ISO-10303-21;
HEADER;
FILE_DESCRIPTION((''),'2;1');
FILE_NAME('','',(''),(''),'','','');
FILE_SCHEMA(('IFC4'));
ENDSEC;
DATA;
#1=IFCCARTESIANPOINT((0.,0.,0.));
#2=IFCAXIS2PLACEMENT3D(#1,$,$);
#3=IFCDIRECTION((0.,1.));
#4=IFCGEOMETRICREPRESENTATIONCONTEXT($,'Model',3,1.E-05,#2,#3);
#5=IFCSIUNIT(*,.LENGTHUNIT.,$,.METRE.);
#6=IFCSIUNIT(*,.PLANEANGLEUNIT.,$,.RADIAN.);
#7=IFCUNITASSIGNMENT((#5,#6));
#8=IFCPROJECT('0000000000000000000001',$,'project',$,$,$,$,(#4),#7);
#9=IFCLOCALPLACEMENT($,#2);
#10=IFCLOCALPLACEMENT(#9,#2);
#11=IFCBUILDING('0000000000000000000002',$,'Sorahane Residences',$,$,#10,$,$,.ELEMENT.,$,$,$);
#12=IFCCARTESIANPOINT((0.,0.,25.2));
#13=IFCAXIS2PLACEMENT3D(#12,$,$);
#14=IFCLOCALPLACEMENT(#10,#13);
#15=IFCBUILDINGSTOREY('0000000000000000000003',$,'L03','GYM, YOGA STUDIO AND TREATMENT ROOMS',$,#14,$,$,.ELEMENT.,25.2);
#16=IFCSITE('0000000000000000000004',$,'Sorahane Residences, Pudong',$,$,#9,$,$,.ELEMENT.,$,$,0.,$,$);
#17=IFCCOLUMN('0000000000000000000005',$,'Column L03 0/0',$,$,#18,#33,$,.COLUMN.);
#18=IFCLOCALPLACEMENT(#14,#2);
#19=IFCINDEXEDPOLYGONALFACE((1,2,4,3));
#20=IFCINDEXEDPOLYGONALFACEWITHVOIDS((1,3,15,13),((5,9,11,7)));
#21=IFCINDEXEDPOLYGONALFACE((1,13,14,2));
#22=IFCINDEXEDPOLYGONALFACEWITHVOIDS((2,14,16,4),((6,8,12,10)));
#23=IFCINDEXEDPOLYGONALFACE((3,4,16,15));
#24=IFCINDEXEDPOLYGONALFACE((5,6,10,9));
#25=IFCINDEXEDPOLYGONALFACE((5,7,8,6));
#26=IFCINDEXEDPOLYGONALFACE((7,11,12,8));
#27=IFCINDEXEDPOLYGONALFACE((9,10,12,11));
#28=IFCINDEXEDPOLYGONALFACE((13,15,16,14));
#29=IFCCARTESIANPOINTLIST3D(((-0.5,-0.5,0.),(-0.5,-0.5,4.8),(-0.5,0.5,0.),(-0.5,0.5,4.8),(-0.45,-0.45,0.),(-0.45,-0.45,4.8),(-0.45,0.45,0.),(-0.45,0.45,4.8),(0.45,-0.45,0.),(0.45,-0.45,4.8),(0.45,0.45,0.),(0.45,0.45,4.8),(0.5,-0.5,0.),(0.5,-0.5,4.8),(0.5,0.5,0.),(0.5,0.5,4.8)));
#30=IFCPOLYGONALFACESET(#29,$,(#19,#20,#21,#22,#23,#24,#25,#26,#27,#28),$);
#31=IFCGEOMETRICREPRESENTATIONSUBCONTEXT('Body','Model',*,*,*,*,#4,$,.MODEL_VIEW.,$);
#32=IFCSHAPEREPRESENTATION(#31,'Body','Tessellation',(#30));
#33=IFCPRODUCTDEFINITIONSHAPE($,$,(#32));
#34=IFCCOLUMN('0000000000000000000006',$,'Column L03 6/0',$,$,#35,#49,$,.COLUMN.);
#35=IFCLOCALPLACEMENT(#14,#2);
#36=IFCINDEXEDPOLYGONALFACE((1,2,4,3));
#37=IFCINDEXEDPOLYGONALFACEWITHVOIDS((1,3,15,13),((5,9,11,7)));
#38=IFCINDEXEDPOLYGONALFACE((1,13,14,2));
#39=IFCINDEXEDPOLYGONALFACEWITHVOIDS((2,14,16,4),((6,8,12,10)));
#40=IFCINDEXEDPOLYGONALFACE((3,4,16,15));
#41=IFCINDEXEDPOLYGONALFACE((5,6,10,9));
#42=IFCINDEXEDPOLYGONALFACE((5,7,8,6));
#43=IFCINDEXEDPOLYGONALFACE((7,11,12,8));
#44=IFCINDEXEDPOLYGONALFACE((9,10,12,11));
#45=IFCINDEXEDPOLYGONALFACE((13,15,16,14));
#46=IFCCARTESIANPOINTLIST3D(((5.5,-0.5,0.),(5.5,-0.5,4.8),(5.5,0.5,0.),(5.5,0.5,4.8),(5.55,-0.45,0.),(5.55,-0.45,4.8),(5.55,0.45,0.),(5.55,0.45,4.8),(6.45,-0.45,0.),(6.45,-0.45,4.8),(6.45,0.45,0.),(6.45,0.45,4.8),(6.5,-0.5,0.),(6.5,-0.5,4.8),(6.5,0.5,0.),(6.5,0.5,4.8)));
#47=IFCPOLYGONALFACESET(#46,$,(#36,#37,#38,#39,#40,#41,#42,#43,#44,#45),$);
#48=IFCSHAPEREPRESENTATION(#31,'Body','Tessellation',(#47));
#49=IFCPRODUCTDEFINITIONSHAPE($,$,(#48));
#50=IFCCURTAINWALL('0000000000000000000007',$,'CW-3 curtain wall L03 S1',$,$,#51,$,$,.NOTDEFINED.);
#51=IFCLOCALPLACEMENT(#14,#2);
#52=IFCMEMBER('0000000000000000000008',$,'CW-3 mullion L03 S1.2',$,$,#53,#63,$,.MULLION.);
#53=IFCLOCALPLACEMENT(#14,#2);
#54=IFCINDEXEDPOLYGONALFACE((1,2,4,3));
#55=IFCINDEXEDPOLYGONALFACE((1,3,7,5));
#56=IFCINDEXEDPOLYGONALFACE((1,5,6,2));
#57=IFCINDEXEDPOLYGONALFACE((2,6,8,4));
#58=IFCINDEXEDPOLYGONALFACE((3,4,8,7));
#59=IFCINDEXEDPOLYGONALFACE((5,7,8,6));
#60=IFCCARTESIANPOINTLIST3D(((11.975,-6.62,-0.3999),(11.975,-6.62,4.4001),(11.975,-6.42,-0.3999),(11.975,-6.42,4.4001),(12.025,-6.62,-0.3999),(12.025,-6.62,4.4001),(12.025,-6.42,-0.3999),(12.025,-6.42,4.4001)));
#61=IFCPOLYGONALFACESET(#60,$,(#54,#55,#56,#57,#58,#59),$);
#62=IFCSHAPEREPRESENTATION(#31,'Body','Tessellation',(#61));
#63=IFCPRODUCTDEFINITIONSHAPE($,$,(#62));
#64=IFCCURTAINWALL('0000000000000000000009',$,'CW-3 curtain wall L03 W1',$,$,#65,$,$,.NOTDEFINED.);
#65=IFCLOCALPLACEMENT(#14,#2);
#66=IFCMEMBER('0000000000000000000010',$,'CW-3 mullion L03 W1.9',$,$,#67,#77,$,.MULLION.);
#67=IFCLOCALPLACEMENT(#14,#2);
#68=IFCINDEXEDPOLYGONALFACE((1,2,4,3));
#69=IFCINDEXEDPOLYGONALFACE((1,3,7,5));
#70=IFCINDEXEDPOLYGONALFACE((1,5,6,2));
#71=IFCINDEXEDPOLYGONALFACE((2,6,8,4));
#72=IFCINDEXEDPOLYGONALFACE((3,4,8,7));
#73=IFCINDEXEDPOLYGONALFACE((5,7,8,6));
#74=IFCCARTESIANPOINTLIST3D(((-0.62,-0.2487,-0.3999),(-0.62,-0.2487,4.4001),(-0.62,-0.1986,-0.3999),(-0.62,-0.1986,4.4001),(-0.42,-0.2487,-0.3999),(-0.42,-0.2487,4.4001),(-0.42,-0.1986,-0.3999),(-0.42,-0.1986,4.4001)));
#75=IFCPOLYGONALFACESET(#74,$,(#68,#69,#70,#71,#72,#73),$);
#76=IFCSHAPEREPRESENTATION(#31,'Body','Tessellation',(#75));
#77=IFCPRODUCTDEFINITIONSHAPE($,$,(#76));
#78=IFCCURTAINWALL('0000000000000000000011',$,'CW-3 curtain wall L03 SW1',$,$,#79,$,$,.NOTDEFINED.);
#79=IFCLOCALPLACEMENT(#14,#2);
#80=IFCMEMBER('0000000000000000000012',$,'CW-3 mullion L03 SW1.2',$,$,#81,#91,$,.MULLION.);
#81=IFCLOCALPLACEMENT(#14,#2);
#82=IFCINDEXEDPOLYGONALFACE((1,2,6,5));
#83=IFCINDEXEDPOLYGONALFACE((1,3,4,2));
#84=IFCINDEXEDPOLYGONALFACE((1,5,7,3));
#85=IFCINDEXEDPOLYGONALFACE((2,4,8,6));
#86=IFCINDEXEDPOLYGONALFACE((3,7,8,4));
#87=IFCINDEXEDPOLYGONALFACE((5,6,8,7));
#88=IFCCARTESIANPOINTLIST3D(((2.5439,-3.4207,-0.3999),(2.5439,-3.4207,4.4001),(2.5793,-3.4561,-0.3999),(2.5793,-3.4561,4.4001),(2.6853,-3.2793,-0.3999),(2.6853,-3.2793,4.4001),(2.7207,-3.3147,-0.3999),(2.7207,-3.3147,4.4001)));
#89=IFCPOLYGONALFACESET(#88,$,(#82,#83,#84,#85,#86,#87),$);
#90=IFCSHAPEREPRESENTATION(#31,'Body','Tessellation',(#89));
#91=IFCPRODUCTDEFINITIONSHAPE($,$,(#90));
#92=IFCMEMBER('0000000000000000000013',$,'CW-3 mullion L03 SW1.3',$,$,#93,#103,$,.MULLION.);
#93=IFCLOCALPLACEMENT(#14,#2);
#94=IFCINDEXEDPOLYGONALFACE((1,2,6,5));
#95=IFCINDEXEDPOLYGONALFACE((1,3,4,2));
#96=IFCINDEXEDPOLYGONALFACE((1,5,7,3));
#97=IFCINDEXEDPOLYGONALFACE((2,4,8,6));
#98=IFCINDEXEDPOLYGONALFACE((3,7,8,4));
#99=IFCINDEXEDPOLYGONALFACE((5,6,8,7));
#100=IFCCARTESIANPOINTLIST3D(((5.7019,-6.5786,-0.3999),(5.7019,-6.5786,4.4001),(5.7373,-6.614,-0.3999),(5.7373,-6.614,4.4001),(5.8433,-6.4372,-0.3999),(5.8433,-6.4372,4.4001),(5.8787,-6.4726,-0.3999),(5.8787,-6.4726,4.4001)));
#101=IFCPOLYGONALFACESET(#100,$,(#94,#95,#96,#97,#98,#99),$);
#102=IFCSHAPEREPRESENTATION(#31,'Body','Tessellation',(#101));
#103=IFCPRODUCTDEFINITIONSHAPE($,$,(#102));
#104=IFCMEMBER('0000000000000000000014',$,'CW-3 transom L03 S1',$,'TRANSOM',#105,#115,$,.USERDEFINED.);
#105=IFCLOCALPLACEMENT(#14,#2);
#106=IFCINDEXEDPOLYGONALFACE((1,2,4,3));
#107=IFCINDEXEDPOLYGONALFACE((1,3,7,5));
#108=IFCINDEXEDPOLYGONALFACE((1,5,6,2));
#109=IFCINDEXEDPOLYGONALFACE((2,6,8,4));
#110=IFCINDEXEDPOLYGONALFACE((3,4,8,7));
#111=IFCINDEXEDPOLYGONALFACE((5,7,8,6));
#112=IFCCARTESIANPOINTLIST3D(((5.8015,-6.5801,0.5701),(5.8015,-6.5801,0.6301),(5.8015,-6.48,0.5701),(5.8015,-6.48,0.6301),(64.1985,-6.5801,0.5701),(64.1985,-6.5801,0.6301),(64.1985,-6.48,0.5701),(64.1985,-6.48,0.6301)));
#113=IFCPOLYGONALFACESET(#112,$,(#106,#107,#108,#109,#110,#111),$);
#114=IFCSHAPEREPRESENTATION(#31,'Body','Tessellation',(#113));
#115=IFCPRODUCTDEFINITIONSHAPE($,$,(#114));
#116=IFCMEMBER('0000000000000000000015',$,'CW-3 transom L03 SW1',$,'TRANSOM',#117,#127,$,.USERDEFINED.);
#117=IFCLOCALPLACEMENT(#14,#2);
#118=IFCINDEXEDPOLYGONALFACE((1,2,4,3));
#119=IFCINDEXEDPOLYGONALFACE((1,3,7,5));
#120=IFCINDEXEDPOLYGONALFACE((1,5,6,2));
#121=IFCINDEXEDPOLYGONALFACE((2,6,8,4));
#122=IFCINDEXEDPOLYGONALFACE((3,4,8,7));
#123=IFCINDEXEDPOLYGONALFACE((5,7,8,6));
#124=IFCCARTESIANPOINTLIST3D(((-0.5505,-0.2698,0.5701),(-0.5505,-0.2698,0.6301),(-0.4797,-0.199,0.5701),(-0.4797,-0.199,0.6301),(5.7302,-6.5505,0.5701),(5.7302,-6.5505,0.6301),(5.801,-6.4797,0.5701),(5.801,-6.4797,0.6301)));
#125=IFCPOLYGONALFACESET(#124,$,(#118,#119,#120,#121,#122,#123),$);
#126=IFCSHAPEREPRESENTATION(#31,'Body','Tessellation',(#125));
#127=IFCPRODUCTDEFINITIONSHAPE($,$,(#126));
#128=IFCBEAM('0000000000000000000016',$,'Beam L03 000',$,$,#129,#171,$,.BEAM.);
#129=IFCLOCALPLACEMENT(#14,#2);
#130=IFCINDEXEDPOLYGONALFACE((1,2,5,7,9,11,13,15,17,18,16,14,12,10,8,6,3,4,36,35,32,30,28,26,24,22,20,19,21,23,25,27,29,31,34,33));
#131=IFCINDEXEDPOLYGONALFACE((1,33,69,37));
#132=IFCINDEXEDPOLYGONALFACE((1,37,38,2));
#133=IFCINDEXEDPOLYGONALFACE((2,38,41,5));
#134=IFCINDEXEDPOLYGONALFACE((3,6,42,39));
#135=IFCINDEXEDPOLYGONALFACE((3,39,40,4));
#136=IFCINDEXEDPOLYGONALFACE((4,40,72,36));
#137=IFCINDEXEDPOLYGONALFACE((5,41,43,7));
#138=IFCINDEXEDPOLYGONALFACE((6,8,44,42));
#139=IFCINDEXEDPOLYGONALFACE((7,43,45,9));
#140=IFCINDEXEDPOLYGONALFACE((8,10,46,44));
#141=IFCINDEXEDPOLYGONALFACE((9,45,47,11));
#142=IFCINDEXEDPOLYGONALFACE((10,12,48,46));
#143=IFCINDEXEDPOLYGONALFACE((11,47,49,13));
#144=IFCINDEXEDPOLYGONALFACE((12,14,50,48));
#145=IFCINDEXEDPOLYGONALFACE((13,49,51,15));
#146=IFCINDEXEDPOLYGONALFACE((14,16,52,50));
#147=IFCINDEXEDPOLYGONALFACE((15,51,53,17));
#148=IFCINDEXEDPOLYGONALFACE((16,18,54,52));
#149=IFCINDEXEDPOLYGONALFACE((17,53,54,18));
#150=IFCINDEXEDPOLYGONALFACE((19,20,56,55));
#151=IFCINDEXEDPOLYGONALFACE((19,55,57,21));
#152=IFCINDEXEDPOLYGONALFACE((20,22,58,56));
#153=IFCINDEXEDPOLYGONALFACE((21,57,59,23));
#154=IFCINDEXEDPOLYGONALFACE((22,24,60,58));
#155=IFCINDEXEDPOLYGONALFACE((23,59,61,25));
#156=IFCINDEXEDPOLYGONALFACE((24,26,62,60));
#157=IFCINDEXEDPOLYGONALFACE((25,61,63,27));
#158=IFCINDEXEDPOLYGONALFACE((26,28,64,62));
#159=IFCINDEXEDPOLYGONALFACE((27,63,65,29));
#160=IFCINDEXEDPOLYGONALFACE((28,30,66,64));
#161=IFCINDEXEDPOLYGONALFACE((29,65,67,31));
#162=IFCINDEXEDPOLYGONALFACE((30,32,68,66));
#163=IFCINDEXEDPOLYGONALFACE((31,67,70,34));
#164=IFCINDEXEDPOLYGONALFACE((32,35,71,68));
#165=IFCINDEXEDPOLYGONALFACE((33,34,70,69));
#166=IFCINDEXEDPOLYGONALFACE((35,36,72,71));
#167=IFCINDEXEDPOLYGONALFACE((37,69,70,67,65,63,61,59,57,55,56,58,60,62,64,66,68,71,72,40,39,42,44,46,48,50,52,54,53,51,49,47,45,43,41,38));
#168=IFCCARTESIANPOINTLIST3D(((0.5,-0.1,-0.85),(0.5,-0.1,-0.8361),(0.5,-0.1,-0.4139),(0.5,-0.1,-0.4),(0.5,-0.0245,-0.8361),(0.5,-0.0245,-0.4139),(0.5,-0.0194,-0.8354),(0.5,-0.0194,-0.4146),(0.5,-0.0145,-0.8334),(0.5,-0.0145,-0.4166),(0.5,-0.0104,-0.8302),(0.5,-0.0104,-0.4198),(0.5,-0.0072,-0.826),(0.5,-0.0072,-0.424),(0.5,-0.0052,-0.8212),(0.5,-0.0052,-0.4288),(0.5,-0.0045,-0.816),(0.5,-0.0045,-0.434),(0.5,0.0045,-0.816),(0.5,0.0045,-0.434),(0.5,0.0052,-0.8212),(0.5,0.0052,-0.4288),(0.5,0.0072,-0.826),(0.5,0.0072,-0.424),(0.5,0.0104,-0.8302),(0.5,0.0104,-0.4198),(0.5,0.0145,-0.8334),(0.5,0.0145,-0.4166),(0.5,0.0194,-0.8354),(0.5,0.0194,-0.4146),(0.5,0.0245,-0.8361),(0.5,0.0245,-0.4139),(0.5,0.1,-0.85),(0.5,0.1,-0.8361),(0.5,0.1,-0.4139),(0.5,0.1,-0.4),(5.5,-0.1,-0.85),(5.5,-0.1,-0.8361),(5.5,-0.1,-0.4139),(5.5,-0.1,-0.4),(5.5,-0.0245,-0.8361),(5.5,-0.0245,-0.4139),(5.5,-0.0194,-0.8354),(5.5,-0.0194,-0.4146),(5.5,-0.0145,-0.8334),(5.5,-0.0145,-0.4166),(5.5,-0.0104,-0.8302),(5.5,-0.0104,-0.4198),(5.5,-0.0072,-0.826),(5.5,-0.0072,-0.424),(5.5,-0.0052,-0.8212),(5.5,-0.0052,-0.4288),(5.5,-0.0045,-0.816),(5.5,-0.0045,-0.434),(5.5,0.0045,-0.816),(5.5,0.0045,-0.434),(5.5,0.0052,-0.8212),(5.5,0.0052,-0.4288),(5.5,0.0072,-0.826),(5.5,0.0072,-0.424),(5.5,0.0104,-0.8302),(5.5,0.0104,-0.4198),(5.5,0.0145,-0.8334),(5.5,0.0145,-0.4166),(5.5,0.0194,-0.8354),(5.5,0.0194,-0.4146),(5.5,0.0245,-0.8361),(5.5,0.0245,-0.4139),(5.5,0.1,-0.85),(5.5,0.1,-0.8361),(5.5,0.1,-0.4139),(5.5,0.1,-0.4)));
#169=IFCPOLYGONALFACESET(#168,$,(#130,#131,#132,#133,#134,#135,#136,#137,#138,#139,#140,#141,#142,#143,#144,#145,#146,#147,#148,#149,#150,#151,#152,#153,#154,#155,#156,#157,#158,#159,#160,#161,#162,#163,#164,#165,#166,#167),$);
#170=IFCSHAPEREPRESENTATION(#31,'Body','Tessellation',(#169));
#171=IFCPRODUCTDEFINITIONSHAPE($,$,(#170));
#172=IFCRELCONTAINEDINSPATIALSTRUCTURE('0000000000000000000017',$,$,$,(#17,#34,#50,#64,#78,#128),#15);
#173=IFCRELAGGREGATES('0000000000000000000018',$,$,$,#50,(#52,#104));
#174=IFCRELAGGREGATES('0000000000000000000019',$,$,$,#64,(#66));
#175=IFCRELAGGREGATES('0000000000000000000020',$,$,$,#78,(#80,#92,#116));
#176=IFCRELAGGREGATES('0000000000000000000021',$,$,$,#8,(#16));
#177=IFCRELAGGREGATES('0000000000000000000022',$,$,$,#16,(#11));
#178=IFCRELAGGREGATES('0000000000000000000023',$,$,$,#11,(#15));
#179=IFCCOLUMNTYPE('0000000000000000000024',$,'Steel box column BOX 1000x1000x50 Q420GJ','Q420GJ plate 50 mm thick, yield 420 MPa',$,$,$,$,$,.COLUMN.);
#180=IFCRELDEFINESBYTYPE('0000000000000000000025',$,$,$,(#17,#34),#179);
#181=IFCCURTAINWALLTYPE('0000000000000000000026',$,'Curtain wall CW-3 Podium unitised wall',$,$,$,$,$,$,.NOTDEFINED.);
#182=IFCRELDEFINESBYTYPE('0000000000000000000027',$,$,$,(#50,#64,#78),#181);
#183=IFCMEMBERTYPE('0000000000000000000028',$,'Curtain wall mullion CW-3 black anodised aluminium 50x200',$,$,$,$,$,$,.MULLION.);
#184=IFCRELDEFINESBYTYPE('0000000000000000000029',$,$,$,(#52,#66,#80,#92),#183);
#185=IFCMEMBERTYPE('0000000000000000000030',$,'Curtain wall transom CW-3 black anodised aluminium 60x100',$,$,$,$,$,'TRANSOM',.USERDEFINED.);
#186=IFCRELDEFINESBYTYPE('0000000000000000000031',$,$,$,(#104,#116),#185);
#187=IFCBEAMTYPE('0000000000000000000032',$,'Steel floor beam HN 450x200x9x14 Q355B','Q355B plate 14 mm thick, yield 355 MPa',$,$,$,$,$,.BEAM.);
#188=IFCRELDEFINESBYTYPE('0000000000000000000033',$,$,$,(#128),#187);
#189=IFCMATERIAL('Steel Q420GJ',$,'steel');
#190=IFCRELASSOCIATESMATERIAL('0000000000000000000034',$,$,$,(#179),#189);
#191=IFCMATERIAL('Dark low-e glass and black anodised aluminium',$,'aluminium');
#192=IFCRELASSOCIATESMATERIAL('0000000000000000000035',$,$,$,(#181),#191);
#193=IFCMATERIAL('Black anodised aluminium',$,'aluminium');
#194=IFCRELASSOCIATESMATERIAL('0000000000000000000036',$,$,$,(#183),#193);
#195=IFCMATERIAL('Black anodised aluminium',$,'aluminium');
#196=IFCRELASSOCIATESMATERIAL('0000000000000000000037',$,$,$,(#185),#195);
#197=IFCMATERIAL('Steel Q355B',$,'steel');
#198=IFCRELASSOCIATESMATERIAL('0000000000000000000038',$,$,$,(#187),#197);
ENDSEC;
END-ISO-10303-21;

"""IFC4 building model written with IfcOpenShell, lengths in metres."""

from ifc_helpers import new_model, si_unit, direction, frame, origin, origin_2d, place, context, subcontext, project, spatial, rectangle, hollow_rectangle, i_section, extrude, material, material_profile, profile_set, type_object, element, aggregate, save


model = new_model("IFC4")

# Units and contexts
model_context = context("Model", 3, precision=1e-05, world=origin(), true_north=direction((0.0, 1.0)))
body_context = subcontext(model_context, "Body", "Model", "MODEL_VIEW")
ifc_project = project(units=[si_unit("LENGTHUNIT", "METRE"), si_unit("PLANEANGLEUNIT", "RADIAN")], contexts=[model_context])

# Site, building, storey
site_placement = place(None, origin())
site = spatial("IfcSite", under=ifc_project, at=site_placement, Name="Sorahane Residences, Pudong", CompositionType="ELEMENT", RefElevation=0.0)
building_placement = place(site_placement, origin())
building = spatial("IfcBuilding", under=site, at=building_placement, Name="Sorahane Residences", CompositionType="ELEMENT")
storey_placement = place(building_placement, frame((0.0, 0.0, 25.2)))
storey = spatial("IfcBuildingStorey", under=building, at=storey_placement, Name="L03", Description="GYM, YOGA STUDIO AND TREATMENT ROOMS", CompositionType="ELEMENT", Elevation=25.2)

# Columns
ifc_material_1 = material(Name="Steel Q420GJ", Category="steel")
ifc_material_profile_1 = material_profile(ifc_material_1, hollow_rectangle(XDim=1.0, YDim=1.0, WallThickness=0.05, at=origin_2d()), Name="BOX 1000x1000x50")
ifc_profile_set_1 = profile_set([ifc_material_profile_1], Name="Steel Q420GJ")
column_type = type_object("IfcColumnType", Name="Steel box column BOX 1000x1000x50 Q420GJ", Description="Q420GJ plate 50 mm thick, yield 420 MPa", PredefinedType="COLUMN", material=ifc_profile_set_1)
for number, where, z_axis, x_axis, name in (
    (1, (0.0, 0.0, 0.0), (0.0, 0.0, 1.0), (1.0, 0.0, 0.0), "Column L03 0/0"),
    (2, (6.0, 0.0, 0.0), (0.0, 0.0, 1.0), (1.0, 0.0, 0.0), "Column L03 6/0"),
):
    element("IfcColumn", number, at=place(storey_placement, frame(where, z_axis=z_axis, x_axis=x_axis)), inside=storey, type_object=column_type, Name=name, PredefinedType="COLUMN", context=body_context, shape_type="SweptSolid", body=[
        extrude(hollow_rectangle(XDim=1.0, YDim=1.0, WallThickness=0.05, at=origin_2d()), origin(), (0.0, 0.0, 1.0), 4.8),
    ])

# Curtain walls, members
ifc_material_2 = material(Name="Dark low-e glass and black anodised aluminium", Category="aluminium")
curtain_wall_type = type_object("IfcCurtainWallType", Name="Curtain wall CW-3 Podium unitised wall", PredefinedType="NOTDEFINED", material=ifc_material_2)
curtain_wall_1_placement = place(storey_placement, origin())
curtain_wall_1 = element("IfcCurtainWall", 3, at=curtain_wall_1_placement, inside=storey, type_object=curtain_wall_type, Name="CW-3 curtain wall L03 S1", PredefinedType="NOTDEFINED")
ifc_material_3 = material(Name="Black anodised aluminium", Category="aluminium")
ifc_material_profile_2 = material_profile(ifc_material_3, rectangle(XDim=0.2, YDim=0.05, at=origin_2d()), Name="Curtain wall mullion CW-3 black anodised aluminium 50x200")
ifc_profile_set_2 = profile_set([ifc_material_profile_2], Name="Black anodised aluminium")
member_type_1 = type_object("IfcMemberType", Name="Curtain wall mullion CW-3 black anodised aluminium 50x200", PredefinedType="MULLION", material=ifc_profile_set_2)
member_1_placement = place(storey_placement, frame((12.0, -6.52, -0.3999), z_axis=(0.0, 0.0, 1.0), x_axis=(0.0, -1.0, 0.0)))
member_1 = element("IfcMember", 4, at=member_1_placement, type_object=member_type_1, Name="CW-3 mullion L03 S1.2", PredefinedType="MULLION", context=body_context, shape_type="SweptSolid", body=[
    extrude(rectangle(XDim=0.2, YDim=0.05, at=origin_2d()), origin(), (0.0, 0.0, 1.0), 4.8),
])
curtain_wall_2_placement = place(storey_placement, origin())
curtain_wall_2 = element("IfcCurtainWall", 5, at=curtain_wall_2_placement, inside=storey, type_object=curtain_wall_type, Name="CW-3 curtain wall L03 W1", PredefinedType="NOTDEFINED")
member_2_placement = place(storey_placement, frame((-0.52, -0.2236, -0.3999), z_axis=(0.0, 0.0, 1.0), x_axis=(-1.0, 0.0, 0.0)))
member_2 = element("IfcMember", 6, at=member_2_placement, type_object=member_type_1, Name="CW-3 mullion L03 W1.9", PredefinedType="MULLION", context=body_context, shape_type="SweptSolid", body=[
    extrude(rectangle(XDim=0.2, YDim=0.05, at=origin_2d()), origin(), (0.0, 0.0, 1.0), 4.8),
])

# Curtain wall, members
curtain_wall_3_placement = place(storey_placement, origin())
curtain_wall_3 = element("IfcCurtainWall", 7, at=curtain_wall_3_placement, inside=storey, type_object=curtain_wall_type, Name="CW-3 curtain wall L03 SW1", PredefinedType="NOTDEFINED")
member_3_placement = place(storey_placement, frame((2.6323, -3.3677, -0.3999), z_axis=(0.0, 0.0, 1.0), x_axis=(-0.707107, -0.707107, 0.0)))
member_3 = element("IfcMember", 8, at=member_3_placement, type_object=member_type_1, Name="CW-3 mullion L03 SW1.2", PredefinedType="MULLION", context=body_context, shape_type="SweptSolid", body=[
    extrude(rectangle(XDim=0.2, YDim=0.05, at=origin_2d()), origin(), (0.0, 0.0, 1.0), 4.8),
])
member_4_placement = place(storey_placement, frame((5.7903, -6.5256, -0.3999), z_axis=(0.0, 0.0, 1.0), x_axis=(-0.707107, -0.707107, 0.0)))
member_4 = element("IfcMember", 9, at=member_4_placement, type_object=member_type_1, Name="CW-3 mullion L03 SW1.3", PredefinedType="MULLION", context=body_context, shape_type="SweptSolid", body=[
    extrude(rectangle(XDim=0.2, YDim=0.05, at=origin_2d()), origin(), (0.0, 0.0, 1.0), 4.8),
])

# Members
ifc_material_4 = material(Name="Black anodised aluminium", Category="aluminium")
ifc_material_profile_3 = material_profile(ifc_material_4, rectangle(XDim=0.1001, YDim=0.0601, at=origin_2d()), Name="Curtain wall transom CW-3 black anodised aluminium 60x100")
ifc_profile_set_3 = profile_set([ifc_material_profile_3], Name="Black anodised aluminium")
member_type_2 = type_object("IfcMemberType", Name="Curtain wall transom CW-3 black anodised aluminium 60x100", ElementType="TRANSOM", PredefinedType="USERDEFINED", material=ifc_profile_set_3)
member_5_placement = place(storey_placement, frame((5.8015, -6.53, 0.6001), z_axis=(1.0, 0.0, 0.0), x_axis=(0.0, 1.0, 0.0)))
member_5 = element("IfcMember", 10, at=member_5_placement, type_object=member_type_2, Name="CW-3 transom L03 S1", ObjectType="TRANSOM", PredefinedType="USERDEFINED", context=body_context, shape_type="SweptSolid", body=[
    extrude(rectangle(XDim=0.1001, YDim=0.0601, at=origin_2d()), origin(), (0.0, 0.0, 1.0), 58.397),
])
member_6_placement = place(storey_placement, frame((-0.5151, -0.2344, 0.6001), z_axis=(0.707107, -0.707107, 0.0), x_axis=(0.707107, 0.707107, 0.0)))
member_6 = element("IfcMember", 11, at=member_6_placement, type_object=member_type_2, Name="CW-3 transom L03 SW1", ObjectType="TRANSOM", PredefinedType="USERDEFINED", context=body_context, shape_type="SweptSolid", body=[
    extrude(rectangle(XDim=0.1001, YDim=0.0601, at=origin_2d()), origin(), (0.0, 0.0, 1.0), 8.8823),
])

# Beam
ifc_material_5 = material(Name="Steel Q355B", Category="steel")
ifc_material_profile_4 = material_profile(ifc_material_5, i_section(OverallWidth=0.2, OverallDepth=0.45, WebThickness=0.009, FlangeThickness=0.0139, FilletRadius=0.02, at=origin_2d()), Name="HN 450x200x9x14")
ifc_profile_set_4 = profile_set([ifc_material_profile_4], Name="Steel Q355B")
beam_type_1 = type_object("IfcBeamType", Name="Steel floor beam HN 450x200x9x14 Q355B", Description="Q355B plate 14 mm thick, yield 355 MPa", PredefinedType="BEAM", material=ifc_profile_set_4)
for number, where, z_axis, x_axis, name in (
    (12, (0.5, 0.0, -0.625), (1.0, 0.0, 0.0), (0.0, 1.0, 0.0), "Beam L03 000"),
):
    element("IfcBeam", number, at=place(storey_placement, frame(where, z_axis=z_axis, x_axis=x_axis)), inside=storey, type_object=beam_type_1, Name=name, PredefinedType="BEAM", context=body_context, shape_type="SweptSolid", body=[
        extrude(i_section(OverallWidth=0.2, OverallDepth=0.45, WebThickness=0.009, FlangeThickness=0.0139, FilletRadius=0.02, at=origin_2d()), origin(), (0.0, 0.0, 1.0), 5.0),
    ])

aggregate(curtain_wall_1, [member_1, member_5])
aggregate(curtain_wall_2, [member_2])
aggregate(curtain_wall_3, [member_3, member_4, member_6])

save(model, "model.ifc")
